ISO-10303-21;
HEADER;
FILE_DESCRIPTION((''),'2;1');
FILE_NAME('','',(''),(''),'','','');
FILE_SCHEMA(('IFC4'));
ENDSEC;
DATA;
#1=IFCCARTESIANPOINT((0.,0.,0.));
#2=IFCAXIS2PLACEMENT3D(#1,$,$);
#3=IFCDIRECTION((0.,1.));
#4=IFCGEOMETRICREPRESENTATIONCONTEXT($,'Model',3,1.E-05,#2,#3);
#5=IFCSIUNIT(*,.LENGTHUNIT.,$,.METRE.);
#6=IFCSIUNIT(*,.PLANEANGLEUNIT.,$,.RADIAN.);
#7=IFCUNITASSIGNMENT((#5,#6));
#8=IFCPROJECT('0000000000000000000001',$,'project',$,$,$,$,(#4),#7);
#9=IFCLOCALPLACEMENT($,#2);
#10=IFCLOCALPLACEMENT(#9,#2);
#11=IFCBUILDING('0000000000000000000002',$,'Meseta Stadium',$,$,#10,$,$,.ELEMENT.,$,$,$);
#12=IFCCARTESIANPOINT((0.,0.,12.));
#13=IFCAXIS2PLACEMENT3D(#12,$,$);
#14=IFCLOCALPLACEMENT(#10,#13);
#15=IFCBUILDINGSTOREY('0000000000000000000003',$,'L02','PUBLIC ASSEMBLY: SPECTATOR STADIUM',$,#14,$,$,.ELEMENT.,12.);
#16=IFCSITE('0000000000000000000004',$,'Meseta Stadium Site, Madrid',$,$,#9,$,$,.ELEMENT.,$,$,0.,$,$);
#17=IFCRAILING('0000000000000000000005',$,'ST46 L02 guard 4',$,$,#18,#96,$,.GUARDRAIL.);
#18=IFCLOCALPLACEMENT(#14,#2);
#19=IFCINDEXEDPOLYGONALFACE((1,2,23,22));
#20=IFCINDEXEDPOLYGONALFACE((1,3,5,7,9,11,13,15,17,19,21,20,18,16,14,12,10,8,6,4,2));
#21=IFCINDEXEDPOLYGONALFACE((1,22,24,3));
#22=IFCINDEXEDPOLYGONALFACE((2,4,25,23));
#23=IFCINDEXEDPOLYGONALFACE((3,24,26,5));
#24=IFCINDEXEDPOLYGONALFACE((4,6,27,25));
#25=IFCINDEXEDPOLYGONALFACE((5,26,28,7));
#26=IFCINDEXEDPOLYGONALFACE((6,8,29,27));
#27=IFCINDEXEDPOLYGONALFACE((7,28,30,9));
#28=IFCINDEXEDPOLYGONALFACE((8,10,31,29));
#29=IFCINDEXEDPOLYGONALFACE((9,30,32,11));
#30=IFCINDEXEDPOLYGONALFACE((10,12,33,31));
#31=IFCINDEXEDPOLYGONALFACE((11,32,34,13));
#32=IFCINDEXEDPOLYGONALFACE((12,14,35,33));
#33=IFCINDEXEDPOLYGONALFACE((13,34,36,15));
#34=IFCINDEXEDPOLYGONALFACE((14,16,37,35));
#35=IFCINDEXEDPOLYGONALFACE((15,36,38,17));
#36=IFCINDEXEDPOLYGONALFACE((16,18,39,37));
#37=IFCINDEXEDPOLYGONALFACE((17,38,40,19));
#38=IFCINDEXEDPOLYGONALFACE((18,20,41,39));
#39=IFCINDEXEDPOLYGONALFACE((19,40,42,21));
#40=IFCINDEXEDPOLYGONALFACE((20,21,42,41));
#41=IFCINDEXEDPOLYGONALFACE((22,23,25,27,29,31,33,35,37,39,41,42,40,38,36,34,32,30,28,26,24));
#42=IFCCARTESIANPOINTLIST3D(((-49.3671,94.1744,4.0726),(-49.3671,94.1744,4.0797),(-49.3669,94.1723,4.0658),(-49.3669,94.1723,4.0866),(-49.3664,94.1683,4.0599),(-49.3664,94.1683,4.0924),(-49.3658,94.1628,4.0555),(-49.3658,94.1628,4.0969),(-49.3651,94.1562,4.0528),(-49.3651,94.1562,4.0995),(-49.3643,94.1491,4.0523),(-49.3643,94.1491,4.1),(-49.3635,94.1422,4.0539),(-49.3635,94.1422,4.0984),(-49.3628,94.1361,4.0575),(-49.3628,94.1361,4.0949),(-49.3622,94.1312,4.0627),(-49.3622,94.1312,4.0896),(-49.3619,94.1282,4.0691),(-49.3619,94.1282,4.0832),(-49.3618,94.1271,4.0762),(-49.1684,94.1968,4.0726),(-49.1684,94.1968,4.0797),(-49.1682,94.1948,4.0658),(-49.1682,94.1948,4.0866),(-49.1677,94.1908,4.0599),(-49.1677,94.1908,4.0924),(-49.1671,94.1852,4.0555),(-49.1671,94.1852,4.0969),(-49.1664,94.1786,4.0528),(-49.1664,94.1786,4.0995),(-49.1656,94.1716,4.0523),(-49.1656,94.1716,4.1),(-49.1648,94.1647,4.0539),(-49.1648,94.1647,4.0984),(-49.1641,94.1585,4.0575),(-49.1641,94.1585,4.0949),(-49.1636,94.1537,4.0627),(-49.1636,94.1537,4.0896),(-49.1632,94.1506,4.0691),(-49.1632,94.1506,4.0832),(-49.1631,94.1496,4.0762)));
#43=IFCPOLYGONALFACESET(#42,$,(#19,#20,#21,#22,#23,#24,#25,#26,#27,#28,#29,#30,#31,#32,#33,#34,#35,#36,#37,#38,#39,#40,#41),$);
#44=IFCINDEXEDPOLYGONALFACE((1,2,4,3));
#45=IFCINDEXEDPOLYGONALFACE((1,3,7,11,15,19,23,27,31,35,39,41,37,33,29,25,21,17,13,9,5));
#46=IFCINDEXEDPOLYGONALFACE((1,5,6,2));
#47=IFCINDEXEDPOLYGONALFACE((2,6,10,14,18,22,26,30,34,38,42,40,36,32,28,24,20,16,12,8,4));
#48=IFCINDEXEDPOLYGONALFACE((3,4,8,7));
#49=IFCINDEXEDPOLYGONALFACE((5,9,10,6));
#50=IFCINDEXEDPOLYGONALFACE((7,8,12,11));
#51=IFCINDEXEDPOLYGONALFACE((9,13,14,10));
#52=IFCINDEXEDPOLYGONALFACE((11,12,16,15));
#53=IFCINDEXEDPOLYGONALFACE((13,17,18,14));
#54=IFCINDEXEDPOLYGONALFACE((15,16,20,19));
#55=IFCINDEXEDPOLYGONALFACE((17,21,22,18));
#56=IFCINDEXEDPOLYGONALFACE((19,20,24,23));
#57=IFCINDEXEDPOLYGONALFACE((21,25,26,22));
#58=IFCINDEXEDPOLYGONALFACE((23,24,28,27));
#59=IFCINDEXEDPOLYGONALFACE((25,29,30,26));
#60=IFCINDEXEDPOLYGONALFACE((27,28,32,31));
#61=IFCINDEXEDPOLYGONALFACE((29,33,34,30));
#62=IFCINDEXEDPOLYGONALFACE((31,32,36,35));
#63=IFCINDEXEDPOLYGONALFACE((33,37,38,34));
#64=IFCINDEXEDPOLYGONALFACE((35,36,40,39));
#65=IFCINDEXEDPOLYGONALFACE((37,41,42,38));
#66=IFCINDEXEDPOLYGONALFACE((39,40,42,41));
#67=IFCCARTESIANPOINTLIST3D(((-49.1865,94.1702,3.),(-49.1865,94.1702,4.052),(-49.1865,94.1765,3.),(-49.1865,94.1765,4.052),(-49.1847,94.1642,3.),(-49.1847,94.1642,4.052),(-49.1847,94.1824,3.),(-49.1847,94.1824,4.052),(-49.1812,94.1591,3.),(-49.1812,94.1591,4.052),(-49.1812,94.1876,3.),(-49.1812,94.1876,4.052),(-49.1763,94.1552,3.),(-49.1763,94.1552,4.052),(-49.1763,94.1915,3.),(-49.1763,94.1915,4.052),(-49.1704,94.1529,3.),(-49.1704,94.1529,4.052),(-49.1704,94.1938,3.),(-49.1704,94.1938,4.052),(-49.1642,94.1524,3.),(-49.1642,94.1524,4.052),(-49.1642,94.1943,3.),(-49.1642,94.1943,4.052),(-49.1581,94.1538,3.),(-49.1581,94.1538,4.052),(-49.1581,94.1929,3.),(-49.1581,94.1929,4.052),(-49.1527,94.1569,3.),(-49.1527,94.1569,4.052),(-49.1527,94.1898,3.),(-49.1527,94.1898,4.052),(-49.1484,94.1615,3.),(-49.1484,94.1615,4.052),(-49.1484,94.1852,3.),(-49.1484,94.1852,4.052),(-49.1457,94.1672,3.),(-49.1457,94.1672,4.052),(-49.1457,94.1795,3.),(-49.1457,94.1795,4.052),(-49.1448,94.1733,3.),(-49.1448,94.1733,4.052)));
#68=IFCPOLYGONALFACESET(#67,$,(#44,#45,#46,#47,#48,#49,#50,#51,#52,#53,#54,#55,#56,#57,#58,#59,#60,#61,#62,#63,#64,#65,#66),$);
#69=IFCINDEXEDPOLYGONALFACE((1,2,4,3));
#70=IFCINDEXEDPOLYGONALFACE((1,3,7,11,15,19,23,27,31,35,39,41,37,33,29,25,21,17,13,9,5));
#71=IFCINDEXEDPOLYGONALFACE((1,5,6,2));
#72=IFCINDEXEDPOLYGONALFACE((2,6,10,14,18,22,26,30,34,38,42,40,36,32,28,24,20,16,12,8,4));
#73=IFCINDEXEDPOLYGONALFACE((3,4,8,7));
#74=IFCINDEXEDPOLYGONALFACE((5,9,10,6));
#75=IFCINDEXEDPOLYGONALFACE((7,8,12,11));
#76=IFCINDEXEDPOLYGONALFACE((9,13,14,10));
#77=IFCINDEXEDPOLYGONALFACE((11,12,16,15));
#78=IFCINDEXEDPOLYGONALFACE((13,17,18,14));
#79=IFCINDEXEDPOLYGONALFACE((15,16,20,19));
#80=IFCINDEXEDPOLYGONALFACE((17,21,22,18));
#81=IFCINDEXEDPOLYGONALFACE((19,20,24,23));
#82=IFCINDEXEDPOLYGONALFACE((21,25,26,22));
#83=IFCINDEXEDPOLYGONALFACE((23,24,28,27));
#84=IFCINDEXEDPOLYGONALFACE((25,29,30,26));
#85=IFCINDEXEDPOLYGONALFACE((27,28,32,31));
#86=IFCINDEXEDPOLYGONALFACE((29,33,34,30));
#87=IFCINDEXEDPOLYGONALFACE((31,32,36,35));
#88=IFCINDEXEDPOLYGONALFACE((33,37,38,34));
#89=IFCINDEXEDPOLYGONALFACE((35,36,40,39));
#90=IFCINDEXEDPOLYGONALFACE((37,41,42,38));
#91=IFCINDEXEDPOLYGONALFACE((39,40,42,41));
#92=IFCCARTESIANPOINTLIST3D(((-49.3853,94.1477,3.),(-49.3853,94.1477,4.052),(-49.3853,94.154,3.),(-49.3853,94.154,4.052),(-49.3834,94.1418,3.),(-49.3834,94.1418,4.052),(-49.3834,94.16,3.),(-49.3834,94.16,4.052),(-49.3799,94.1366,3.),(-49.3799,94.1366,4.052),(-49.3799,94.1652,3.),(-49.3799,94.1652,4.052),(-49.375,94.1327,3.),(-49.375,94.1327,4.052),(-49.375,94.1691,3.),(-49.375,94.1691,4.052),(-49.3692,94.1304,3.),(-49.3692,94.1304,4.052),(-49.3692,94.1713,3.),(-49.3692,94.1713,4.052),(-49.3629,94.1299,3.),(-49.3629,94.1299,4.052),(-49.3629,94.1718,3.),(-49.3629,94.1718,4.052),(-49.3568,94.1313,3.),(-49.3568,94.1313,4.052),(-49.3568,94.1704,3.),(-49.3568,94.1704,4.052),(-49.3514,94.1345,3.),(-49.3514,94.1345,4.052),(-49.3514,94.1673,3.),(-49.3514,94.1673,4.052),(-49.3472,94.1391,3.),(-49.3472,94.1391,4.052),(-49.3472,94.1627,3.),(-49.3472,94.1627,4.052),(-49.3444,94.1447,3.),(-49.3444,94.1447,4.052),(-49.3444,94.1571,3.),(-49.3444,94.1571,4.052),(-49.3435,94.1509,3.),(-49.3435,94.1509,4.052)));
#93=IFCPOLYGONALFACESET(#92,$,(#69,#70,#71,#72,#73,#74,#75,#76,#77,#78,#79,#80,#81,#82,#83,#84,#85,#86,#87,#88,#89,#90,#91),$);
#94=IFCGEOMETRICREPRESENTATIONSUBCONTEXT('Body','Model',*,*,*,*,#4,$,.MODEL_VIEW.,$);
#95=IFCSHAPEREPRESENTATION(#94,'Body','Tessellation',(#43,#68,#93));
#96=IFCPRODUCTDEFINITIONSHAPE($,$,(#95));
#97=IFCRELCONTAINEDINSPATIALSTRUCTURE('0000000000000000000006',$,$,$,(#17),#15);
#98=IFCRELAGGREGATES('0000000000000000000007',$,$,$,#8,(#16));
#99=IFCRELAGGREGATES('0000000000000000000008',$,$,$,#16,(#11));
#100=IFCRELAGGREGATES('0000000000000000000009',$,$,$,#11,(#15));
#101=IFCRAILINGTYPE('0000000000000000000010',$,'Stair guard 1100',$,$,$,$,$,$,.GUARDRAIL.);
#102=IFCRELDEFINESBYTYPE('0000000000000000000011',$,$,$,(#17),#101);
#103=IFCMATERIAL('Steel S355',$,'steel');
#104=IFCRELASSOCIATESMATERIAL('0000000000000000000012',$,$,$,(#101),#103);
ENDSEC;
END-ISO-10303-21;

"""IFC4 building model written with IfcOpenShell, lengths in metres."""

from ifc_helpers import new_model, si_unit, direction, frame, origin, origin_2d, place, context, subcontext, project, spatial, circle, extrude, material, type_object, element, save


model = new_model("IFC4")

# Units and contexts
model_context = context("Model", 3, precision=1e-05, world=origin(), true_north=direction((0.0, 1.0)))
body_context = subcontext(model_context, "Body", "Model", "MODEL_VIEW")
ifc_project = project(units=[si_unit("LENGTHUNIT", "METRE"), si_unit("PLANEANGLEUNIT", "RADIAN")], contexts=[model_context])

# Site, building, storey
site_placement = place(None, origin())
site = spatial("IfcSite", under=ifc_project, at=site_placement, Name="Meseta Stadium Site, Madrid", CompositionType="ELEMENT", RefElevation=0.0)
building_placement = place(site_placement, origin())
building = spatial("IfcBuilding", under=site, at=building_placement, Name="Meseta Stadium", CompositionType="ELEMENT")
storey_placement = place(building_placement, frame((0.0, 0.0, 12.0)))
storey = spatial("IfcBuildingStorey", under=building, at=storey_placement, Name="L02", Description="PUBLIC ASSEMBLY: SPECTATOR STADIUM", CompositionType="ELEMENT", Elevation=12.0)

# Railing
ifc_material_1 = material(Name="Steel S355", Category="steel")
railing_type_1 = type_object("IfcRailingType", Name="Stair guard 1100", PredefinedType="GUARDRAIL", material=ifc_material_1)
railing_1_placement = place(storey_placement, frame((-49.1658, 94.1733, 3.0)))
element("IfcRailing", 1, at=railing_1_placement, inside=storey, type_object=railing_type_1, Name="ST46 L02 guard 4", PredefinedType="GUARDRAIL", context=body_context, shape_type="SweptSolid", body=[
    extrude(circle(Radius=0.0239, at=origin_2d()), frame((0.0, 0.0, 1.0762), z_axis=(-0.993674, -0.112307, 0.0), x_axis=(0.112307, -0.993674, 0.0)), (0.0, 0.0, 1.0), 0.2),
    extrude(circle(Radius=0.021, at=origin_2d()), origin(), (0.0, 0.0, 1.0), 1.052),
    extrude(circle(Radius=0.021, at=origin_2d()), frame((-0.1987, -0.0225, 0.0)), (0.0, 0.0, 1.0), 1.052),
])

save(model, "model.ifc")
